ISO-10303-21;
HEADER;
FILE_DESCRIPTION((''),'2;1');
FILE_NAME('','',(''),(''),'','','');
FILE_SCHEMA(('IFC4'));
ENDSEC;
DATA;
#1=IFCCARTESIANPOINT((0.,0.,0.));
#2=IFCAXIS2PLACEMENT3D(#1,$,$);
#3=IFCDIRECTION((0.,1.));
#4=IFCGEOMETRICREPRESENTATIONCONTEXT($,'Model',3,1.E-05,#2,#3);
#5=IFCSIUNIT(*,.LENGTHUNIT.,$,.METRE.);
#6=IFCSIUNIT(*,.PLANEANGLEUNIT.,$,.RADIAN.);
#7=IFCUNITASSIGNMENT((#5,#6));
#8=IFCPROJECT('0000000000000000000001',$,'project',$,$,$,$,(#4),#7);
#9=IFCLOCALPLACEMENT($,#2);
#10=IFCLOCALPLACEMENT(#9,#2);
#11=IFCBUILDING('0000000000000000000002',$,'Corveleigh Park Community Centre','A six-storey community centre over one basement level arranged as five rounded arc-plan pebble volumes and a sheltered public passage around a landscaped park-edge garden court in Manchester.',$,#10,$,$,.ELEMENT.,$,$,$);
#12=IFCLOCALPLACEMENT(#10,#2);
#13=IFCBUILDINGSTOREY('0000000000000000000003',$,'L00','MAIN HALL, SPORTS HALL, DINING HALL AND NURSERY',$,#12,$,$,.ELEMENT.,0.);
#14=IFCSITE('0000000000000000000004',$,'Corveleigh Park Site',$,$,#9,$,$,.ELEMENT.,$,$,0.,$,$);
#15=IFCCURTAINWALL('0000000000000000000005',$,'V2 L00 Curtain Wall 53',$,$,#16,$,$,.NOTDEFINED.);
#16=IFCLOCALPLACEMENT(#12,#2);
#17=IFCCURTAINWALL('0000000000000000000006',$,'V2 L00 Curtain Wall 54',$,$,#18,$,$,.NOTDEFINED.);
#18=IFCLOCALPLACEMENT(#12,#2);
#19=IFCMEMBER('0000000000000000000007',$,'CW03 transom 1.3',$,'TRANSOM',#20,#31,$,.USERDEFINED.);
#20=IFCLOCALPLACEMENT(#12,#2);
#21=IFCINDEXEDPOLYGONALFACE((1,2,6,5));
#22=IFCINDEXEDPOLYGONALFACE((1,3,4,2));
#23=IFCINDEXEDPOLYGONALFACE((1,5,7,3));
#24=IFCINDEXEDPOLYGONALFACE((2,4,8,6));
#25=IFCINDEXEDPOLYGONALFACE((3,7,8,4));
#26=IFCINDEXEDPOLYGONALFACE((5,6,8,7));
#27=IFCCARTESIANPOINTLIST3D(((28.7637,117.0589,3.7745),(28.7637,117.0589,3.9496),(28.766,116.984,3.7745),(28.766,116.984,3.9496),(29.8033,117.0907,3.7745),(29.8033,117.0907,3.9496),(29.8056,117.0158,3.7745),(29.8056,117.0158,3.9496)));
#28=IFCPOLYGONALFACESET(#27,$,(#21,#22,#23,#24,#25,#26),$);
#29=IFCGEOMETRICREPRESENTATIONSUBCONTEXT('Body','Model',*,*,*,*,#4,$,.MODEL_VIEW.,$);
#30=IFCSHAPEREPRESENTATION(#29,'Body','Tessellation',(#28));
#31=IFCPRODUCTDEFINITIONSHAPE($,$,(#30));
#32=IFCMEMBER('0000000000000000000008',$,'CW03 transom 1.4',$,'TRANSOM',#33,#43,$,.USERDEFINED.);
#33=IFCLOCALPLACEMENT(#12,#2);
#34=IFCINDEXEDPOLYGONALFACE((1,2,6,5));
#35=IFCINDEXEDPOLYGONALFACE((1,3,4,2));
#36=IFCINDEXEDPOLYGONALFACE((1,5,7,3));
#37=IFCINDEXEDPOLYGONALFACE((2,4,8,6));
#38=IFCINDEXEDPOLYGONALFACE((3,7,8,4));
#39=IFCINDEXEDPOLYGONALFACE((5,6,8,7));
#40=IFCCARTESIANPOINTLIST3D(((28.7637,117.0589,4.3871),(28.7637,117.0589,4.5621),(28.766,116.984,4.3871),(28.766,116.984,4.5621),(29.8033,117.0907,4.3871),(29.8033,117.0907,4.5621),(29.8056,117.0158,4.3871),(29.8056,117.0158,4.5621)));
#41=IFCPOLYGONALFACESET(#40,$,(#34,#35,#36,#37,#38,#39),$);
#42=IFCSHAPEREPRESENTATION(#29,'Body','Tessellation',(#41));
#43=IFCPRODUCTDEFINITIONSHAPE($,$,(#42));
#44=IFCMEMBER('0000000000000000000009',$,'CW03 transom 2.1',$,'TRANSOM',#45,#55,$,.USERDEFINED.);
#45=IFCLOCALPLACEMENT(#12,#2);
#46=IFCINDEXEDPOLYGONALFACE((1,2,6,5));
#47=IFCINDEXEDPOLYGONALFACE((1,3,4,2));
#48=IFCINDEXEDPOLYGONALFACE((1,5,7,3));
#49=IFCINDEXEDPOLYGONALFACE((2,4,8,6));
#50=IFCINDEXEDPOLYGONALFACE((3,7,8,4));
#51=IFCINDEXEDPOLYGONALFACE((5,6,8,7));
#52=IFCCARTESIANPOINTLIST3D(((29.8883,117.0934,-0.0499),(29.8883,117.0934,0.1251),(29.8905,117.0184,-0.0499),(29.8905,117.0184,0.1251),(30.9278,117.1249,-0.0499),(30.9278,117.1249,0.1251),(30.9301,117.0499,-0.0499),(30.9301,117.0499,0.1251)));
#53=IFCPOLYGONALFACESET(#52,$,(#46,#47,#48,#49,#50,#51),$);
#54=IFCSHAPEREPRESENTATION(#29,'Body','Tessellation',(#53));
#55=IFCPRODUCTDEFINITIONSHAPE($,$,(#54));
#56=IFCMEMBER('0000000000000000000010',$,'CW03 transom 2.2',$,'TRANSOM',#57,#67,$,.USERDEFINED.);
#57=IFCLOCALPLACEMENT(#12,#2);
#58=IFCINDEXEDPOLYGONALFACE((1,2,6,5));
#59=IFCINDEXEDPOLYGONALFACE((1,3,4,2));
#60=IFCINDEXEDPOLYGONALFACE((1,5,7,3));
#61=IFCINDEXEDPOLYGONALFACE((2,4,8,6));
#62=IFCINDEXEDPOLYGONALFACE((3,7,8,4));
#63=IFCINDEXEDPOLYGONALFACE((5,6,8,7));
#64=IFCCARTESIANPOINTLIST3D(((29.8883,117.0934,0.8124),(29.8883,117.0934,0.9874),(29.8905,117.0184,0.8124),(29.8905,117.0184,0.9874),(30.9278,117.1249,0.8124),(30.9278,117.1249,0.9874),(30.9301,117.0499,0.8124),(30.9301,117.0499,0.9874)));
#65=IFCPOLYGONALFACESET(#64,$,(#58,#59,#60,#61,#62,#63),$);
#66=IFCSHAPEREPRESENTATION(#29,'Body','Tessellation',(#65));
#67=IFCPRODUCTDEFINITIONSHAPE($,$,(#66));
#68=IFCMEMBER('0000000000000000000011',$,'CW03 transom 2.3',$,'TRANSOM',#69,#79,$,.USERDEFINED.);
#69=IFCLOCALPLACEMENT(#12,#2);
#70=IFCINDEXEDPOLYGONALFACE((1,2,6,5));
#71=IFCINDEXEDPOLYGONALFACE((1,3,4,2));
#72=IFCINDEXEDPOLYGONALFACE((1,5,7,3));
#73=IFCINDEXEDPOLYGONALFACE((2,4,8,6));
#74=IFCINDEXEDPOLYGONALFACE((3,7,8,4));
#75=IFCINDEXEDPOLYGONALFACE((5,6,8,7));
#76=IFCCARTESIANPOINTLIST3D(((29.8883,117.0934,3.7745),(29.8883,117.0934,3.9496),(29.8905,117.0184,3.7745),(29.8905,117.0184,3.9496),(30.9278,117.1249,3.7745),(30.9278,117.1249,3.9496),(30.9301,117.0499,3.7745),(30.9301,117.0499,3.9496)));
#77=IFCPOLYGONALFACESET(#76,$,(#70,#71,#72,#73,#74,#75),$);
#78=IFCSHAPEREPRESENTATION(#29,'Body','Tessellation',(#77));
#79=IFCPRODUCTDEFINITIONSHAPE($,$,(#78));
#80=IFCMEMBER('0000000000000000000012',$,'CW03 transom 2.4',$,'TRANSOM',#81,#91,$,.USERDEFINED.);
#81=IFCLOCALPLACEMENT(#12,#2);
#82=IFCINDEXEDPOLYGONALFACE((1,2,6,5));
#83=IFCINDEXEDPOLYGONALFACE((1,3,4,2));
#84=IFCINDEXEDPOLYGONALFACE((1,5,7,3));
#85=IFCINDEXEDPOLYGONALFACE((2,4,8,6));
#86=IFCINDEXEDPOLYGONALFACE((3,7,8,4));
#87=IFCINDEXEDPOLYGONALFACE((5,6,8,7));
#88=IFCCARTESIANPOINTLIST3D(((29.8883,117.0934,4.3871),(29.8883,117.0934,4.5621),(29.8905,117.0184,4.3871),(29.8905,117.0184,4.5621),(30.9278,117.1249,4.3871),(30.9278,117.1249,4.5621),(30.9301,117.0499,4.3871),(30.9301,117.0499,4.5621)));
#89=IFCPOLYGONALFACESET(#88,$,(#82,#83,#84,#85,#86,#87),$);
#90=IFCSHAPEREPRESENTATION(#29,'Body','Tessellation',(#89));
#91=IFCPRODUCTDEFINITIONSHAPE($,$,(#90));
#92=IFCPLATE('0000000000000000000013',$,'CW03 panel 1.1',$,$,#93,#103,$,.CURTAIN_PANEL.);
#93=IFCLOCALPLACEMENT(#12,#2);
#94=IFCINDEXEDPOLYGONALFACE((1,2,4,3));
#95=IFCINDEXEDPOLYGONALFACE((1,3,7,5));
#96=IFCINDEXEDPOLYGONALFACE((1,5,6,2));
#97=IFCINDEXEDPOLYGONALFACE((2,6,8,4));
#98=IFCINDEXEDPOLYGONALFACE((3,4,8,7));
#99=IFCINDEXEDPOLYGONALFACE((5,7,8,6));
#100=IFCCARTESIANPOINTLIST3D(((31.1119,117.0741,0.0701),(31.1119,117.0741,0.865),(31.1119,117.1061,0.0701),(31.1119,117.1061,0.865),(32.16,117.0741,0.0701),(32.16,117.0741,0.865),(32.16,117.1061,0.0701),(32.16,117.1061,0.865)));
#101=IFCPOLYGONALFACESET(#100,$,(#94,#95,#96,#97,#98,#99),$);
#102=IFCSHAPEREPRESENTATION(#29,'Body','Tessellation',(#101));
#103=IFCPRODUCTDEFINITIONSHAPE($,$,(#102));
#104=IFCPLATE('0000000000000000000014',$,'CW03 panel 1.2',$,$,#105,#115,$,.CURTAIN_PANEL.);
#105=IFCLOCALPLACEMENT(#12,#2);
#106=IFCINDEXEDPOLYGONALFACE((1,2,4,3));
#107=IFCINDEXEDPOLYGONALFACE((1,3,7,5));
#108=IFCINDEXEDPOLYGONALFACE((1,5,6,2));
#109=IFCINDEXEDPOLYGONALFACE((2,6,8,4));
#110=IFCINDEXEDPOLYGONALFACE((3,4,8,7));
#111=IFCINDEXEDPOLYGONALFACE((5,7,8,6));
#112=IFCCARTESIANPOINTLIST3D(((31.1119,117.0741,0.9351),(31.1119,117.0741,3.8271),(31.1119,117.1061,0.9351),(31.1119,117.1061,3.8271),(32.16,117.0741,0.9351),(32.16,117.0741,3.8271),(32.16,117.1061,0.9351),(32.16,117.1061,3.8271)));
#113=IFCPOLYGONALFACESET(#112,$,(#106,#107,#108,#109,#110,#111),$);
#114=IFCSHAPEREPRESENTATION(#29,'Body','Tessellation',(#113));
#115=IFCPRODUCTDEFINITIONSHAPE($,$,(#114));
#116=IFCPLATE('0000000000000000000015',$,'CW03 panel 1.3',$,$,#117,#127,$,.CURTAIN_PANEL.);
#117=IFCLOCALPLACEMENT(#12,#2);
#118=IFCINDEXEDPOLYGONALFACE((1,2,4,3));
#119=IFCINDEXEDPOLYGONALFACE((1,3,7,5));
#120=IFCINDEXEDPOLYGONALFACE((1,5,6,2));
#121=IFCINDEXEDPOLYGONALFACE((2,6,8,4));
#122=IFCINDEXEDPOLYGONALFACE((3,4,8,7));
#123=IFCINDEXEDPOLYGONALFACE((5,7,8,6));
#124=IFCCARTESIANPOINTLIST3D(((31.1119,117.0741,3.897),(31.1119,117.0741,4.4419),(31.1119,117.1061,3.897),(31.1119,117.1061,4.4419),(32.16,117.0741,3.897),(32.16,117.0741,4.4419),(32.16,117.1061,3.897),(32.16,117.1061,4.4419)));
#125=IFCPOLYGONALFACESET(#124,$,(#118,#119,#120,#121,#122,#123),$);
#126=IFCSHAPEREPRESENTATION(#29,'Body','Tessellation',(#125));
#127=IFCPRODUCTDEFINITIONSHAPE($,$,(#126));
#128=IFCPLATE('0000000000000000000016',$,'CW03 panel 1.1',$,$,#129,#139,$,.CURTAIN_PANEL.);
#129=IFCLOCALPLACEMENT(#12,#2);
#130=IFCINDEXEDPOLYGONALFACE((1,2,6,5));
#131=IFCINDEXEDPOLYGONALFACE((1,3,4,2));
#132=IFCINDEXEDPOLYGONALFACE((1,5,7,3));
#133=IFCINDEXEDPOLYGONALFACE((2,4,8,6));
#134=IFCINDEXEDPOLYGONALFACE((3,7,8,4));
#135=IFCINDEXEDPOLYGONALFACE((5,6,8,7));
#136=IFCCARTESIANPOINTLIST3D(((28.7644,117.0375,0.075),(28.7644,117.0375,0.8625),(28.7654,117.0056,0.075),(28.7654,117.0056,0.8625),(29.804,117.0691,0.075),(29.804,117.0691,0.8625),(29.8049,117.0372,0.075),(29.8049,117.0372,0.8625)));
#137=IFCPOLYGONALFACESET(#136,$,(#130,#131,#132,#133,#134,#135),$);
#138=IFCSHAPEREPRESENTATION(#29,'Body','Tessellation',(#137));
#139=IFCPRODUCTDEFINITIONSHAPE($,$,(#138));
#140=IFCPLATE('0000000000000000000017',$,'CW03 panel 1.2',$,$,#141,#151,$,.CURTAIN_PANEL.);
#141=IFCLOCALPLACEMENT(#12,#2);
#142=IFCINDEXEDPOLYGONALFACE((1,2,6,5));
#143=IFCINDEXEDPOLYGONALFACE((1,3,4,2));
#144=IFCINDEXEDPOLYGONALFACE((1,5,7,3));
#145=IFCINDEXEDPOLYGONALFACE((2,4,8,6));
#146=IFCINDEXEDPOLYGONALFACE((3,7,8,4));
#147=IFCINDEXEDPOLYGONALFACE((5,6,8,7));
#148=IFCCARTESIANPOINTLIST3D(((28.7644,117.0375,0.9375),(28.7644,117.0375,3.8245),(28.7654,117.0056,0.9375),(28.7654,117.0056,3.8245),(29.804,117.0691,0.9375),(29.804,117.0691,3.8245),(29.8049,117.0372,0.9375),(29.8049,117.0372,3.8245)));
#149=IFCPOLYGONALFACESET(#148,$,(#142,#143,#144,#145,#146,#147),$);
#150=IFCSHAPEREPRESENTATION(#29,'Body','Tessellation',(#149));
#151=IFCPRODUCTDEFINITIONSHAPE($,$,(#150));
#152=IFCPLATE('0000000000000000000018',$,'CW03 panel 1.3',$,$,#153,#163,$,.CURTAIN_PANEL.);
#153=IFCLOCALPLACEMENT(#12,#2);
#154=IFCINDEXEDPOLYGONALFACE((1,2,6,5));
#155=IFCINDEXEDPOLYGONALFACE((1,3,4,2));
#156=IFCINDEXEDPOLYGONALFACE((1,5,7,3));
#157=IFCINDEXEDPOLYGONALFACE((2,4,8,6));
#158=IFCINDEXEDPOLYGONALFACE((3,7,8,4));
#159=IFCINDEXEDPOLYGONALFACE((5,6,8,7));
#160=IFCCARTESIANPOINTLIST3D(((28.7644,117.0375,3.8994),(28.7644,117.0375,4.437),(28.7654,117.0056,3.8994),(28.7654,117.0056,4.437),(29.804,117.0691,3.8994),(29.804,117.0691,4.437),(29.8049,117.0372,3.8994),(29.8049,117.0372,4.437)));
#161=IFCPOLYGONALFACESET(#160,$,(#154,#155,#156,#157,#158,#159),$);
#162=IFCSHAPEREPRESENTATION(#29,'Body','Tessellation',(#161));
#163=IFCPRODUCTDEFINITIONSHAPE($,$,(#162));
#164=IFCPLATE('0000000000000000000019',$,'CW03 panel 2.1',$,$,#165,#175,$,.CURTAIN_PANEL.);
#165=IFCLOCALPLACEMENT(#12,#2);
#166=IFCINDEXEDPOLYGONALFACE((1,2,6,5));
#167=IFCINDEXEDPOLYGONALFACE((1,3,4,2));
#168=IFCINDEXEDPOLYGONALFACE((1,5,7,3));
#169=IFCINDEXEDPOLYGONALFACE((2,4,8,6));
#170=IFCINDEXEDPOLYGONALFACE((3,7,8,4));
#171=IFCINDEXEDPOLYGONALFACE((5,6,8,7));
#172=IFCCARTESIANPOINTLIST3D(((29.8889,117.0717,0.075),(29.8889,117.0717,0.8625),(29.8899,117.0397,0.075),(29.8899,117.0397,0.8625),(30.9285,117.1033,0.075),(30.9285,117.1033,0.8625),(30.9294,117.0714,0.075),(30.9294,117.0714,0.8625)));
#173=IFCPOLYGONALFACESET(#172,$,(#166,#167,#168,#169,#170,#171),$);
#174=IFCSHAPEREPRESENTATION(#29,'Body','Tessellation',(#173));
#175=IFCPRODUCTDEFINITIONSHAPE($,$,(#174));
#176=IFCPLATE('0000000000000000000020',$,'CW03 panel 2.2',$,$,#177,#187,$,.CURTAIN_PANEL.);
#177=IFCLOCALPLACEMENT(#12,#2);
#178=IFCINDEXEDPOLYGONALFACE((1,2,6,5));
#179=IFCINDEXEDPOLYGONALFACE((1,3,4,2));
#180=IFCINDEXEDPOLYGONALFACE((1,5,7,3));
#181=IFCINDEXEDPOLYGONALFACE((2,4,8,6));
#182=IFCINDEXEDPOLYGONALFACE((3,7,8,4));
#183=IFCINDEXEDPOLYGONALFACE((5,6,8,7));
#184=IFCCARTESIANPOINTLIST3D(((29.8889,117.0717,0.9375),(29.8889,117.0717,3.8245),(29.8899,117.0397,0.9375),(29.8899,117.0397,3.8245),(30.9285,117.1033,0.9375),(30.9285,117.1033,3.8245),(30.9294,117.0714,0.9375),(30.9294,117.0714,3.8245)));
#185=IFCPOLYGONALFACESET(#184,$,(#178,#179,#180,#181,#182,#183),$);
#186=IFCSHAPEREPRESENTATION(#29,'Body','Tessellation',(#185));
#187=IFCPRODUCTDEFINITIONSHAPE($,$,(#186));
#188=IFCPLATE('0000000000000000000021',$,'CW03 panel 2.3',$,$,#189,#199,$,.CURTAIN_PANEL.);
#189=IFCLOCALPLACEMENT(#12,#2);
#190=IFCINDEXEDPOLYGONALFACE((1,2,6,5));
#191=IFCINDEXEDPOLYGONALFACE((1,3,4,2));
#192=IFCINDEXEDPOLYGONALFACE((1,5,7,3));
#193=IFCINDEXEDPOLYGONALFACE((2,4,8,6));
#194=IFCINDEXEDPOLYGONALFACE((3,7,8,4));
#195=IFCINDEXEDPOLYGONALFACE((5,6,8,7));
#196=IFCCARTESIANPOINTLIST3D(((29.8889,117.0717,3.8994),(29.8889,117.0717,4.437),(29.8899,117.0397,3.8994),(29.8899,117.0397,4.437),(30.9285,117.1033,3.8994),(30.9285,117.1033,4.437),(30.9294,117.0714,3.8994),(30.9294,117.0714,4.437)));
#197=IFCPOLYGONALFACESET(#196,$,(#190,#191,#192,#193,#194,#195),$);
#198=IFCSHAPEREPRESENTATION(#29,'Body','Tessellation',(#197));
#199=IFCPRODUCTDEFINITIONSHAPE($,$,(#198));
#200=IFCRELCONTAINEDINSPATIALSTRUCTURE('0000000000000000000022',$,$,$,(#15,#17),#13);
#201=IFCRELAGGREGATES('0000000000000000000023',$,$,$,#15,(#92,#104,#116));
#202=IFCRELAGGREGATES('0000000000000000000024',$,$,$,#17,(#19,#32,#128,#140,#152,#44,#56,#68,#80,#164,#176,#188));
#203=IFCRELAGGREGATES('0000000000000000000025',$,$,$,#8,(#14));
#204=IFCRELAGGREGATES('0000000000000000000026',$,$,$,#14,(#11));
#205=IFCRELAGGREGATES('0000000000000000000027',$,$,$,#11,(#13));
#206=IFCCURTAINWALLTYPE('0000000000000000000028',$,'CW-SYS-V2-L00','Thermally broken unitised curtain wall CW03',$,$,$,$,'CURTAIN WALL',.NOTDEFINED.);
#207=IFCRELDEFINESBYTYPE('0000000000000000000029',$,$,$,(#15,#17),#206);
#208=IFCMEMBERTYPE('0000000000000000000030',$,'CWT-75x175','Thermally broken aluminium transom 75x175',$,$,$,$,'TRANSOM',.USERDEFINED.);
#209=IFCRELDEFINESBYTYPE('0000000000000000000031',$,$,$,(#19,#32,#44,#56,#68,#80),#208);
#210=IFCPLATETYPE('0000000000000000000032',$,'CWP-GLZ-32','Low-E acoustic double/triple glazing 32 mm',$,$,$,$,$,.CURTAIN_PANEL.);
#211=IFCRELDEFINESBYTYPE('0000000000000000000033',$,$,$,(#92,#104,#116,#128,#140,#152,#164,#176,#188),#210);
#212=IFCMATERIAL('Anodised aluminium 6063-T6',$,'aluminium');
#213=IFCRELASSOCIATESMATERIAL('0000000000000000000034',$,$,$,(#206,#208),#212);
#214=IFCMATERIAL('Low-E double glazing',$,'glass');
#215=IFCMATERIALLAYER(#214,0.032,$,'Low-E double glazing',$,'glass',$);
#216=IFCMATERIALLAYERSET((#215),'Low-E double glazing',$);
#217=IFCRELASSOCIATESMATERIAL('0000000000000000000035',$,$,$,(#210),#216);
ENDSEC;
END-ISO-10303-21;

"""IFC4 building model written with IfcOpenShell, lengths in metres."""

from ifc_helpers import new_model, si_unit, direction, frame, origin, origin_2d, place, context, subcontext, project, spatial, rectangle, extrude, material, layer, layer_set, material_profile, profile_set, type_object, element, aggregate, save


model = new_model("IFC4")

# Units and contexts
model_context = context("Model", 3, precision=1e-05, world=origin(), true_north=direction((0.0, 1.0)))
body_context = subcontext(model_context, "Body", "Model", "MODEL_VIEW")
ifc_project = project(units=[si_unit("LENGTHUNIT", "METRE"), si_unit("PLANEANGLEUNIT", "RADIAN")], contexts=[model_context])

# Site, building, storey
site_placement = place(None, origin())
site = spatial("IfcSite", under=ifc_project, at=site_placement, Name="Corveleigh Park Site", CompositionType="ELEMENT", RefElevation=0.0)
building_placement = place(site_placement, origin())
building = spatial("IfcBuilding", under=site, at=building_placement, Name="Corveleigh Park Community Centre", Description="A six-storey community centre over one basement level arranged as five rounded arc-plan pebble volumes and a sheltered public passage around a landscaped park-edge garden court in Manchester.", CompositionType="ELEMENT")
storey_placement = place(building_placement, origin())
storey = spatial("IfcBuildingStorey", under=building, at=storey_placement, Name="L00", Description="MAIN HALL, SPORTS HALL, DINING HALL AND NURSERY", CompositionType="ELEMENT", Elevation=0.0)

# Shared definitions
ifc_material_1 = material(Name="Anodised aluminium 6063-T6", Category="aluminium")
curtain_wall_type = type_object("IfcCurtainWallType", Name="CW-SYS-V2-L00", Description="Thermally broken unitised curtain wall CW03", ElementType="CURTAIN WALL", PredefinedType="NOTDEFINED", material=ifc_material_1)

# Curtain walls
curtain_wall_1_placement = place(storey_placement, origin())
curtain_wall_1 = element("IfcCurtainWall", 1, at=curtain_wall_1_placement, inside=storey, type_object=curtain_wall_type, Name="V2 L00 Curtain Wall 53", PredefinedType="NOTDEFINED")
curtain_wall_2_placement = place(storey_placement, origin())
curtain_wall_2 = element("IfcCurtainWall", 2, at=curtain_wall_2_placement, inside=storey, type_object=curtain_wall_type, Name="V2 L00 Curtain Wall 54", PredefinedType="NOTDEFINED")

# Members
ifc_material_profile_1 = material_profile(ifc_material_1, rectangle(XDim=0.075, YDim=0.175, at=origin_2d()), Name="ALU-T75x175", Category="aluminium")
ifc_profile_set_1 = profile_set([ifc_material_profile_1], Name="Anodised aluminium 6063-T6")
member_type_1 = type_object("IfcMemberType", Name="CWT-75x175", Description="Thermally broken aluminium transom 75x175", ElementType="TRANSOM", PredefinedType="USERDEFINED", material=ifc_profile_set_1)
member_1_placement = place(storey_placement, frame((28.7649, 117.0215, 3.8621), z_axis=(0.999534, 0.030517, 0.0), x_axis=(-0.030517, 0.999534, 0.0)))
member_1 = element("IfcMember", 3, at=member_1_placement, type_object=member_type_1, Name="CW03 transom 1.3", ObjectType="TRANSOM", PredefinedType="USERDEFINED", context=body_context, shape_type="SweptSolid", body=[
    extrude(rectangle(XDim=0.075, YDim=0.175, at=origin_2d()), origin(), (0.0, 0.0, 1.0), 1.04),
])
member_2_placement = place(storey_placement, frame((28.7649, 117.0215, 4.4746), z_axis=(0.999534, 0.030517, 0.0), x_axis=(-0.030517, 0.999534, 0.0)))
member_2 = element("IfcMember", 4, at=member_2_placement, type_object=member_type_1, Name="CW03 transom 1.4", ObjectType="TRANSOM", PredefinedType="USERDEFINED", context=body_context, shape_type="SweptSolid", body=[
    extrude(rectangle(XDim=0.075, YDim=0.175, at=origin_2d()), origin(), (0.0, 0.0, 1.0), 1.04),
])
member_3_placement = place(storey_placement, frame((29.8894, 117.0559, 0.0376), z_axis=(0.999541, 0.030282, 0.0), x_axis=(-0.030282, 0.999541, 0.0)))
member_3 = element("IfcMember", 5, at=member_3_placement, type_object=member_type_1, Name="CW03 transom 2.1", ObjectType="TRANSOM", PredefinedType="USERDEFINED", context=body_context, shape_type="SweptSolid", body=[
    extrude(rectangle(XDim=0.075, YDim=0.175, at=origin_2d()), origin(), (0.0, 0.0, 1.0), 1.04),
])
member_4_placement = place(storey_placement, frame((29.8894, 117.0559, 0.8999), z_axis=(0.999541, 0.030282, 0.0), x_axis=(-0.030282, 0.999541, 0.0)))
member_4 = element("IfcMember", 6, at=member_4_placement, type_object=member_type_1, Name="CW03 transom 2.2", ObjectType="TRANSOM", PredefinedType="USERDEFINED", context=body_context, shape_type="SweptSolid", body=[
    extrude(rectangle(XDim=0.075, YDim=0.175, at=origin_2d()), origin(), (0.0, 0.0, 1.0), 1.04),
])
member_5_placement = place(storey_placement, frame((29.8894, 117.0559, 3.8621), z_axis=(0.999541, 0.030282, 0.0), x_axis=(-0.030282, 0.999541, 0.0)))
member_5 = element("IfcMember", 7, at=member_5_placement, type_object=member_type_1, Name="CW03 transom 2.3", ObjectType="TRANSOM", PredefinedType="USERDEFINED", context=body_context, shape_type="SweptSolid", body=[
    extrude(rectangle(XDim=0.075, YDim=0.175, at=origin_2d()), origin(), (0.0, 0.0, 1.0), 1.04),
])
member_6_placement = place(storey_placement, frame((29.8894, 117.0559, 4.4746), z_axis=(0.999541, 0.030282, 0.0), x_axis=(-0.030282, 0.999541, 0.0)))
member_6 = element("IfcMember", 8, at=member_6_placement, type_object=member_type_1, Name="CW03 transom 2.4", ObjectType="TRANSOM", PredefinedType="USERDEFINED", context=body_context, shape_type="SweptSolid", body=[
    extrude(rectangle(XDim=0.075, YDim=0.175, at=origin_2d()), origin(), (0.0, 0.0, 1.0), 1.04),
])

# Plates
ifc_material_2 = material(Name="Low-E double glazing", Category="glass")
ifc_layer_1 = layer(ifc_material_2, 0.032, Name="Low-E double glazing", Category="glass")
ifc_layer_set_1 = layer_set([ifc_layer_1], Name="Low-E double glazing")
plate_type_1 = type_object("IfcPlateType", Name="CWP-GLZ-32", Description="Low-E acoustic double/triple glazing 32 mm", PredefinedType="CURTAIN_PANEL", material=ifc_layer_set_1)
plate_1_placement = place(storey_placement, frame((31.636, 117.0901, 0.0701), z_axis=(0.0, 0.0, 1.0), x_axis=(1.0, 0.0, 0.0)))
plate_1 = element("IfcPlate", 9, at=plate_1_placement, type_object=plate_type_1, Name="CW03 panel 1.1", PredefinedType="CURTAIN_PANEL", context=body_context, shape_type="SweptSolid", body=[
    extrude(rectangle(XDim=1.0481, YDim=0.032, at=origin_2d()), origin(), (0.0, 0.0, 1.0), 0.7949),
])
plate_2_placement = place(storey_placement, frame((31.636, 117.0901, 0.9351), z_axis=(0.0, 0.0, 1.0), x_axis=(1.0, 0.0, 0.0)))
plate_2 = element("IfcPlate", 10, at=plate_2_placement, type_object=plate_type_1, Name="CW03 panel 1.2", PredefinedType="CURTAIN_PANEL", context=body_context, shape_type="SweptSolid", body=[
    extrude(rectangle(XDim=1.0481, YDim=0.032, at=origin_2d()), origin(), (0.0, 0.0, 1.0), 2.8921),
])
plate_3_placement = place(storey_placement, frame((31.636, 117.0901, 3.897), z_axis=(0.0, 0.0, 1.0), x_axis=(1.0, 0.0, 0.0)))
plate_3 = element("IfcPlate", 11, at=plate_3_placement, type_object=plate_type_1, Name="CW03 panel 1.3", PredefinedType="CURTAIN_PANEL", context=body_context, shape_type="SweptSolid", body=[
    extrude(rectangle(XDim=1.0481, YDim=0.032, at=origin_2d()), origin(), (0.0, 0.0, 1.0), 0.5449),
])
aggregate(curtain_wall_1, [plate_1, plate_2, plate_3])
plate_4_placement = place(storey_placement, frame((29.2847, 117.0374, 0.075), z_axis=(0.0, 0.0, 1.0), x_axis=(0.999538, 0.030406, 0.0)))
plate_4 = element("IfcPlate", 12, at=plate_4_placement, type_object=plate_type_1, Name="CW03 panel 1.1", PredefinedType="CURTAIN_PANEL", context=body_context, shape_type="SweptSolid", body=[
    extrude(rectangle(XDim=1.04, YDim=0.032, at=origin_2d()), origin(), (0.0, 0.0, 1.0), 0.7876),
])
plate_5_placement = place(storey_placement, frame((29.2847, 117.0374, 0.9375), z_axis=(0.0, 0.0, 1.0), x_axis=(0.999538, 0.030406, 0.0)))
plate_5 = element("IfcPlate", 13, at=plate_5_placement, type_object=plate_type_1, Name="CW03 panel 1.2", PredefinedType="CURTAIN_PANEL", context=body_context, shape_type="SweptSolid", body=[
    extrude(rectangle(XDim=1.04, YDim=0.032, at=origin_2d()), origin(), (0.0, 0.0, 1.0), 2.887),
])
plate_6_placement = place(storey_placement, frame((29.2847, 117.0374, 3.8994), z_axis=(0.0, 0.0, 1.0), x_axis=(0.999538, 0.030406, 0.0)))
plate_6 = element("IfcPlate", 14, at=plate_6_placement, type_object=plate_type_1, Name="CW03 panel 1.3", PredefinedType="CURTAIN_PANEL", context=body_context, shape_type="SweptSolid", body=[
    extrude(rectangle(XDim=1.04, YDim=0.032, at=origin_2d()), origin(), (0.0, 0.0, 1.0), 0.5376),
])
plate_7_placement = place(storey_placement, frame((30.4092, 117.0715, 0.075), z_axis=(0.0, 0.0, 1.0), x_axis=(0.999538, 0.030406, 0.0)))
plate_7 = element("IfcPlate", 15, at=plate_7_placement, type_object=plate_type_1, Name="CW03 panel 2.1", PredefinedType="CURTAIN_PANEL", context=body_context, shape_type="SweptSolid", body=[
    extrude(rectangle(XDim=1.04, YDim=0.032, at=origin_2d()), origin(), (0.0, 0.0, 1.0), 0.7876),
])
plate_8_placement = place(storey_placement, frame((30.4092, 117.0715, 0.9375), z_axis=(0.0, 0.0, 1.0), x_axis=(0.999538, 0.030406, 0.0)))
plate_8 = element("IfcPlate", 16, at=plate_8_placement, type_object=plate_type_1, Name="CW03 panel 2.2", PredefinedType="CURTAIN_PANEL", context=body_context, shape_type="SweptSolid", body=[
    extrude(rectangle(XDim=1.04, YDim=0.032, at=origin_2d()), origin(), (0.0, 0.0, 1.0), 2.887),
])
plate_9_placement = place(storey_placement, frame((30.4092, 117.0715, 3.8994), z_axis=(0.0, 0.0, 1.0), x_axis=(0.999538, 0.030406, 0.0)))
plate_9 = element("IfcPlate", 17, at=plate_9_placement, type_object=plate_type_1, Name="CW03 panel 2.3", PredefinedType="CURTAIN_PANEL", context=body_context, shape_type="SweptSolid", body=[
    extrude(rectangle(XDim=1.04, YDim=0.032, at=origin_2d()), origin(), (0.0, 0.0, 1.0), 0.5376),
])
aggregate(curtain_wall_2, [member_1, member_2, plate_4, plate_5, plate_6, member_3, member_4, member_5, member_6, plate_7, plate_8, plate_9])

save(model, "model.ifc")
